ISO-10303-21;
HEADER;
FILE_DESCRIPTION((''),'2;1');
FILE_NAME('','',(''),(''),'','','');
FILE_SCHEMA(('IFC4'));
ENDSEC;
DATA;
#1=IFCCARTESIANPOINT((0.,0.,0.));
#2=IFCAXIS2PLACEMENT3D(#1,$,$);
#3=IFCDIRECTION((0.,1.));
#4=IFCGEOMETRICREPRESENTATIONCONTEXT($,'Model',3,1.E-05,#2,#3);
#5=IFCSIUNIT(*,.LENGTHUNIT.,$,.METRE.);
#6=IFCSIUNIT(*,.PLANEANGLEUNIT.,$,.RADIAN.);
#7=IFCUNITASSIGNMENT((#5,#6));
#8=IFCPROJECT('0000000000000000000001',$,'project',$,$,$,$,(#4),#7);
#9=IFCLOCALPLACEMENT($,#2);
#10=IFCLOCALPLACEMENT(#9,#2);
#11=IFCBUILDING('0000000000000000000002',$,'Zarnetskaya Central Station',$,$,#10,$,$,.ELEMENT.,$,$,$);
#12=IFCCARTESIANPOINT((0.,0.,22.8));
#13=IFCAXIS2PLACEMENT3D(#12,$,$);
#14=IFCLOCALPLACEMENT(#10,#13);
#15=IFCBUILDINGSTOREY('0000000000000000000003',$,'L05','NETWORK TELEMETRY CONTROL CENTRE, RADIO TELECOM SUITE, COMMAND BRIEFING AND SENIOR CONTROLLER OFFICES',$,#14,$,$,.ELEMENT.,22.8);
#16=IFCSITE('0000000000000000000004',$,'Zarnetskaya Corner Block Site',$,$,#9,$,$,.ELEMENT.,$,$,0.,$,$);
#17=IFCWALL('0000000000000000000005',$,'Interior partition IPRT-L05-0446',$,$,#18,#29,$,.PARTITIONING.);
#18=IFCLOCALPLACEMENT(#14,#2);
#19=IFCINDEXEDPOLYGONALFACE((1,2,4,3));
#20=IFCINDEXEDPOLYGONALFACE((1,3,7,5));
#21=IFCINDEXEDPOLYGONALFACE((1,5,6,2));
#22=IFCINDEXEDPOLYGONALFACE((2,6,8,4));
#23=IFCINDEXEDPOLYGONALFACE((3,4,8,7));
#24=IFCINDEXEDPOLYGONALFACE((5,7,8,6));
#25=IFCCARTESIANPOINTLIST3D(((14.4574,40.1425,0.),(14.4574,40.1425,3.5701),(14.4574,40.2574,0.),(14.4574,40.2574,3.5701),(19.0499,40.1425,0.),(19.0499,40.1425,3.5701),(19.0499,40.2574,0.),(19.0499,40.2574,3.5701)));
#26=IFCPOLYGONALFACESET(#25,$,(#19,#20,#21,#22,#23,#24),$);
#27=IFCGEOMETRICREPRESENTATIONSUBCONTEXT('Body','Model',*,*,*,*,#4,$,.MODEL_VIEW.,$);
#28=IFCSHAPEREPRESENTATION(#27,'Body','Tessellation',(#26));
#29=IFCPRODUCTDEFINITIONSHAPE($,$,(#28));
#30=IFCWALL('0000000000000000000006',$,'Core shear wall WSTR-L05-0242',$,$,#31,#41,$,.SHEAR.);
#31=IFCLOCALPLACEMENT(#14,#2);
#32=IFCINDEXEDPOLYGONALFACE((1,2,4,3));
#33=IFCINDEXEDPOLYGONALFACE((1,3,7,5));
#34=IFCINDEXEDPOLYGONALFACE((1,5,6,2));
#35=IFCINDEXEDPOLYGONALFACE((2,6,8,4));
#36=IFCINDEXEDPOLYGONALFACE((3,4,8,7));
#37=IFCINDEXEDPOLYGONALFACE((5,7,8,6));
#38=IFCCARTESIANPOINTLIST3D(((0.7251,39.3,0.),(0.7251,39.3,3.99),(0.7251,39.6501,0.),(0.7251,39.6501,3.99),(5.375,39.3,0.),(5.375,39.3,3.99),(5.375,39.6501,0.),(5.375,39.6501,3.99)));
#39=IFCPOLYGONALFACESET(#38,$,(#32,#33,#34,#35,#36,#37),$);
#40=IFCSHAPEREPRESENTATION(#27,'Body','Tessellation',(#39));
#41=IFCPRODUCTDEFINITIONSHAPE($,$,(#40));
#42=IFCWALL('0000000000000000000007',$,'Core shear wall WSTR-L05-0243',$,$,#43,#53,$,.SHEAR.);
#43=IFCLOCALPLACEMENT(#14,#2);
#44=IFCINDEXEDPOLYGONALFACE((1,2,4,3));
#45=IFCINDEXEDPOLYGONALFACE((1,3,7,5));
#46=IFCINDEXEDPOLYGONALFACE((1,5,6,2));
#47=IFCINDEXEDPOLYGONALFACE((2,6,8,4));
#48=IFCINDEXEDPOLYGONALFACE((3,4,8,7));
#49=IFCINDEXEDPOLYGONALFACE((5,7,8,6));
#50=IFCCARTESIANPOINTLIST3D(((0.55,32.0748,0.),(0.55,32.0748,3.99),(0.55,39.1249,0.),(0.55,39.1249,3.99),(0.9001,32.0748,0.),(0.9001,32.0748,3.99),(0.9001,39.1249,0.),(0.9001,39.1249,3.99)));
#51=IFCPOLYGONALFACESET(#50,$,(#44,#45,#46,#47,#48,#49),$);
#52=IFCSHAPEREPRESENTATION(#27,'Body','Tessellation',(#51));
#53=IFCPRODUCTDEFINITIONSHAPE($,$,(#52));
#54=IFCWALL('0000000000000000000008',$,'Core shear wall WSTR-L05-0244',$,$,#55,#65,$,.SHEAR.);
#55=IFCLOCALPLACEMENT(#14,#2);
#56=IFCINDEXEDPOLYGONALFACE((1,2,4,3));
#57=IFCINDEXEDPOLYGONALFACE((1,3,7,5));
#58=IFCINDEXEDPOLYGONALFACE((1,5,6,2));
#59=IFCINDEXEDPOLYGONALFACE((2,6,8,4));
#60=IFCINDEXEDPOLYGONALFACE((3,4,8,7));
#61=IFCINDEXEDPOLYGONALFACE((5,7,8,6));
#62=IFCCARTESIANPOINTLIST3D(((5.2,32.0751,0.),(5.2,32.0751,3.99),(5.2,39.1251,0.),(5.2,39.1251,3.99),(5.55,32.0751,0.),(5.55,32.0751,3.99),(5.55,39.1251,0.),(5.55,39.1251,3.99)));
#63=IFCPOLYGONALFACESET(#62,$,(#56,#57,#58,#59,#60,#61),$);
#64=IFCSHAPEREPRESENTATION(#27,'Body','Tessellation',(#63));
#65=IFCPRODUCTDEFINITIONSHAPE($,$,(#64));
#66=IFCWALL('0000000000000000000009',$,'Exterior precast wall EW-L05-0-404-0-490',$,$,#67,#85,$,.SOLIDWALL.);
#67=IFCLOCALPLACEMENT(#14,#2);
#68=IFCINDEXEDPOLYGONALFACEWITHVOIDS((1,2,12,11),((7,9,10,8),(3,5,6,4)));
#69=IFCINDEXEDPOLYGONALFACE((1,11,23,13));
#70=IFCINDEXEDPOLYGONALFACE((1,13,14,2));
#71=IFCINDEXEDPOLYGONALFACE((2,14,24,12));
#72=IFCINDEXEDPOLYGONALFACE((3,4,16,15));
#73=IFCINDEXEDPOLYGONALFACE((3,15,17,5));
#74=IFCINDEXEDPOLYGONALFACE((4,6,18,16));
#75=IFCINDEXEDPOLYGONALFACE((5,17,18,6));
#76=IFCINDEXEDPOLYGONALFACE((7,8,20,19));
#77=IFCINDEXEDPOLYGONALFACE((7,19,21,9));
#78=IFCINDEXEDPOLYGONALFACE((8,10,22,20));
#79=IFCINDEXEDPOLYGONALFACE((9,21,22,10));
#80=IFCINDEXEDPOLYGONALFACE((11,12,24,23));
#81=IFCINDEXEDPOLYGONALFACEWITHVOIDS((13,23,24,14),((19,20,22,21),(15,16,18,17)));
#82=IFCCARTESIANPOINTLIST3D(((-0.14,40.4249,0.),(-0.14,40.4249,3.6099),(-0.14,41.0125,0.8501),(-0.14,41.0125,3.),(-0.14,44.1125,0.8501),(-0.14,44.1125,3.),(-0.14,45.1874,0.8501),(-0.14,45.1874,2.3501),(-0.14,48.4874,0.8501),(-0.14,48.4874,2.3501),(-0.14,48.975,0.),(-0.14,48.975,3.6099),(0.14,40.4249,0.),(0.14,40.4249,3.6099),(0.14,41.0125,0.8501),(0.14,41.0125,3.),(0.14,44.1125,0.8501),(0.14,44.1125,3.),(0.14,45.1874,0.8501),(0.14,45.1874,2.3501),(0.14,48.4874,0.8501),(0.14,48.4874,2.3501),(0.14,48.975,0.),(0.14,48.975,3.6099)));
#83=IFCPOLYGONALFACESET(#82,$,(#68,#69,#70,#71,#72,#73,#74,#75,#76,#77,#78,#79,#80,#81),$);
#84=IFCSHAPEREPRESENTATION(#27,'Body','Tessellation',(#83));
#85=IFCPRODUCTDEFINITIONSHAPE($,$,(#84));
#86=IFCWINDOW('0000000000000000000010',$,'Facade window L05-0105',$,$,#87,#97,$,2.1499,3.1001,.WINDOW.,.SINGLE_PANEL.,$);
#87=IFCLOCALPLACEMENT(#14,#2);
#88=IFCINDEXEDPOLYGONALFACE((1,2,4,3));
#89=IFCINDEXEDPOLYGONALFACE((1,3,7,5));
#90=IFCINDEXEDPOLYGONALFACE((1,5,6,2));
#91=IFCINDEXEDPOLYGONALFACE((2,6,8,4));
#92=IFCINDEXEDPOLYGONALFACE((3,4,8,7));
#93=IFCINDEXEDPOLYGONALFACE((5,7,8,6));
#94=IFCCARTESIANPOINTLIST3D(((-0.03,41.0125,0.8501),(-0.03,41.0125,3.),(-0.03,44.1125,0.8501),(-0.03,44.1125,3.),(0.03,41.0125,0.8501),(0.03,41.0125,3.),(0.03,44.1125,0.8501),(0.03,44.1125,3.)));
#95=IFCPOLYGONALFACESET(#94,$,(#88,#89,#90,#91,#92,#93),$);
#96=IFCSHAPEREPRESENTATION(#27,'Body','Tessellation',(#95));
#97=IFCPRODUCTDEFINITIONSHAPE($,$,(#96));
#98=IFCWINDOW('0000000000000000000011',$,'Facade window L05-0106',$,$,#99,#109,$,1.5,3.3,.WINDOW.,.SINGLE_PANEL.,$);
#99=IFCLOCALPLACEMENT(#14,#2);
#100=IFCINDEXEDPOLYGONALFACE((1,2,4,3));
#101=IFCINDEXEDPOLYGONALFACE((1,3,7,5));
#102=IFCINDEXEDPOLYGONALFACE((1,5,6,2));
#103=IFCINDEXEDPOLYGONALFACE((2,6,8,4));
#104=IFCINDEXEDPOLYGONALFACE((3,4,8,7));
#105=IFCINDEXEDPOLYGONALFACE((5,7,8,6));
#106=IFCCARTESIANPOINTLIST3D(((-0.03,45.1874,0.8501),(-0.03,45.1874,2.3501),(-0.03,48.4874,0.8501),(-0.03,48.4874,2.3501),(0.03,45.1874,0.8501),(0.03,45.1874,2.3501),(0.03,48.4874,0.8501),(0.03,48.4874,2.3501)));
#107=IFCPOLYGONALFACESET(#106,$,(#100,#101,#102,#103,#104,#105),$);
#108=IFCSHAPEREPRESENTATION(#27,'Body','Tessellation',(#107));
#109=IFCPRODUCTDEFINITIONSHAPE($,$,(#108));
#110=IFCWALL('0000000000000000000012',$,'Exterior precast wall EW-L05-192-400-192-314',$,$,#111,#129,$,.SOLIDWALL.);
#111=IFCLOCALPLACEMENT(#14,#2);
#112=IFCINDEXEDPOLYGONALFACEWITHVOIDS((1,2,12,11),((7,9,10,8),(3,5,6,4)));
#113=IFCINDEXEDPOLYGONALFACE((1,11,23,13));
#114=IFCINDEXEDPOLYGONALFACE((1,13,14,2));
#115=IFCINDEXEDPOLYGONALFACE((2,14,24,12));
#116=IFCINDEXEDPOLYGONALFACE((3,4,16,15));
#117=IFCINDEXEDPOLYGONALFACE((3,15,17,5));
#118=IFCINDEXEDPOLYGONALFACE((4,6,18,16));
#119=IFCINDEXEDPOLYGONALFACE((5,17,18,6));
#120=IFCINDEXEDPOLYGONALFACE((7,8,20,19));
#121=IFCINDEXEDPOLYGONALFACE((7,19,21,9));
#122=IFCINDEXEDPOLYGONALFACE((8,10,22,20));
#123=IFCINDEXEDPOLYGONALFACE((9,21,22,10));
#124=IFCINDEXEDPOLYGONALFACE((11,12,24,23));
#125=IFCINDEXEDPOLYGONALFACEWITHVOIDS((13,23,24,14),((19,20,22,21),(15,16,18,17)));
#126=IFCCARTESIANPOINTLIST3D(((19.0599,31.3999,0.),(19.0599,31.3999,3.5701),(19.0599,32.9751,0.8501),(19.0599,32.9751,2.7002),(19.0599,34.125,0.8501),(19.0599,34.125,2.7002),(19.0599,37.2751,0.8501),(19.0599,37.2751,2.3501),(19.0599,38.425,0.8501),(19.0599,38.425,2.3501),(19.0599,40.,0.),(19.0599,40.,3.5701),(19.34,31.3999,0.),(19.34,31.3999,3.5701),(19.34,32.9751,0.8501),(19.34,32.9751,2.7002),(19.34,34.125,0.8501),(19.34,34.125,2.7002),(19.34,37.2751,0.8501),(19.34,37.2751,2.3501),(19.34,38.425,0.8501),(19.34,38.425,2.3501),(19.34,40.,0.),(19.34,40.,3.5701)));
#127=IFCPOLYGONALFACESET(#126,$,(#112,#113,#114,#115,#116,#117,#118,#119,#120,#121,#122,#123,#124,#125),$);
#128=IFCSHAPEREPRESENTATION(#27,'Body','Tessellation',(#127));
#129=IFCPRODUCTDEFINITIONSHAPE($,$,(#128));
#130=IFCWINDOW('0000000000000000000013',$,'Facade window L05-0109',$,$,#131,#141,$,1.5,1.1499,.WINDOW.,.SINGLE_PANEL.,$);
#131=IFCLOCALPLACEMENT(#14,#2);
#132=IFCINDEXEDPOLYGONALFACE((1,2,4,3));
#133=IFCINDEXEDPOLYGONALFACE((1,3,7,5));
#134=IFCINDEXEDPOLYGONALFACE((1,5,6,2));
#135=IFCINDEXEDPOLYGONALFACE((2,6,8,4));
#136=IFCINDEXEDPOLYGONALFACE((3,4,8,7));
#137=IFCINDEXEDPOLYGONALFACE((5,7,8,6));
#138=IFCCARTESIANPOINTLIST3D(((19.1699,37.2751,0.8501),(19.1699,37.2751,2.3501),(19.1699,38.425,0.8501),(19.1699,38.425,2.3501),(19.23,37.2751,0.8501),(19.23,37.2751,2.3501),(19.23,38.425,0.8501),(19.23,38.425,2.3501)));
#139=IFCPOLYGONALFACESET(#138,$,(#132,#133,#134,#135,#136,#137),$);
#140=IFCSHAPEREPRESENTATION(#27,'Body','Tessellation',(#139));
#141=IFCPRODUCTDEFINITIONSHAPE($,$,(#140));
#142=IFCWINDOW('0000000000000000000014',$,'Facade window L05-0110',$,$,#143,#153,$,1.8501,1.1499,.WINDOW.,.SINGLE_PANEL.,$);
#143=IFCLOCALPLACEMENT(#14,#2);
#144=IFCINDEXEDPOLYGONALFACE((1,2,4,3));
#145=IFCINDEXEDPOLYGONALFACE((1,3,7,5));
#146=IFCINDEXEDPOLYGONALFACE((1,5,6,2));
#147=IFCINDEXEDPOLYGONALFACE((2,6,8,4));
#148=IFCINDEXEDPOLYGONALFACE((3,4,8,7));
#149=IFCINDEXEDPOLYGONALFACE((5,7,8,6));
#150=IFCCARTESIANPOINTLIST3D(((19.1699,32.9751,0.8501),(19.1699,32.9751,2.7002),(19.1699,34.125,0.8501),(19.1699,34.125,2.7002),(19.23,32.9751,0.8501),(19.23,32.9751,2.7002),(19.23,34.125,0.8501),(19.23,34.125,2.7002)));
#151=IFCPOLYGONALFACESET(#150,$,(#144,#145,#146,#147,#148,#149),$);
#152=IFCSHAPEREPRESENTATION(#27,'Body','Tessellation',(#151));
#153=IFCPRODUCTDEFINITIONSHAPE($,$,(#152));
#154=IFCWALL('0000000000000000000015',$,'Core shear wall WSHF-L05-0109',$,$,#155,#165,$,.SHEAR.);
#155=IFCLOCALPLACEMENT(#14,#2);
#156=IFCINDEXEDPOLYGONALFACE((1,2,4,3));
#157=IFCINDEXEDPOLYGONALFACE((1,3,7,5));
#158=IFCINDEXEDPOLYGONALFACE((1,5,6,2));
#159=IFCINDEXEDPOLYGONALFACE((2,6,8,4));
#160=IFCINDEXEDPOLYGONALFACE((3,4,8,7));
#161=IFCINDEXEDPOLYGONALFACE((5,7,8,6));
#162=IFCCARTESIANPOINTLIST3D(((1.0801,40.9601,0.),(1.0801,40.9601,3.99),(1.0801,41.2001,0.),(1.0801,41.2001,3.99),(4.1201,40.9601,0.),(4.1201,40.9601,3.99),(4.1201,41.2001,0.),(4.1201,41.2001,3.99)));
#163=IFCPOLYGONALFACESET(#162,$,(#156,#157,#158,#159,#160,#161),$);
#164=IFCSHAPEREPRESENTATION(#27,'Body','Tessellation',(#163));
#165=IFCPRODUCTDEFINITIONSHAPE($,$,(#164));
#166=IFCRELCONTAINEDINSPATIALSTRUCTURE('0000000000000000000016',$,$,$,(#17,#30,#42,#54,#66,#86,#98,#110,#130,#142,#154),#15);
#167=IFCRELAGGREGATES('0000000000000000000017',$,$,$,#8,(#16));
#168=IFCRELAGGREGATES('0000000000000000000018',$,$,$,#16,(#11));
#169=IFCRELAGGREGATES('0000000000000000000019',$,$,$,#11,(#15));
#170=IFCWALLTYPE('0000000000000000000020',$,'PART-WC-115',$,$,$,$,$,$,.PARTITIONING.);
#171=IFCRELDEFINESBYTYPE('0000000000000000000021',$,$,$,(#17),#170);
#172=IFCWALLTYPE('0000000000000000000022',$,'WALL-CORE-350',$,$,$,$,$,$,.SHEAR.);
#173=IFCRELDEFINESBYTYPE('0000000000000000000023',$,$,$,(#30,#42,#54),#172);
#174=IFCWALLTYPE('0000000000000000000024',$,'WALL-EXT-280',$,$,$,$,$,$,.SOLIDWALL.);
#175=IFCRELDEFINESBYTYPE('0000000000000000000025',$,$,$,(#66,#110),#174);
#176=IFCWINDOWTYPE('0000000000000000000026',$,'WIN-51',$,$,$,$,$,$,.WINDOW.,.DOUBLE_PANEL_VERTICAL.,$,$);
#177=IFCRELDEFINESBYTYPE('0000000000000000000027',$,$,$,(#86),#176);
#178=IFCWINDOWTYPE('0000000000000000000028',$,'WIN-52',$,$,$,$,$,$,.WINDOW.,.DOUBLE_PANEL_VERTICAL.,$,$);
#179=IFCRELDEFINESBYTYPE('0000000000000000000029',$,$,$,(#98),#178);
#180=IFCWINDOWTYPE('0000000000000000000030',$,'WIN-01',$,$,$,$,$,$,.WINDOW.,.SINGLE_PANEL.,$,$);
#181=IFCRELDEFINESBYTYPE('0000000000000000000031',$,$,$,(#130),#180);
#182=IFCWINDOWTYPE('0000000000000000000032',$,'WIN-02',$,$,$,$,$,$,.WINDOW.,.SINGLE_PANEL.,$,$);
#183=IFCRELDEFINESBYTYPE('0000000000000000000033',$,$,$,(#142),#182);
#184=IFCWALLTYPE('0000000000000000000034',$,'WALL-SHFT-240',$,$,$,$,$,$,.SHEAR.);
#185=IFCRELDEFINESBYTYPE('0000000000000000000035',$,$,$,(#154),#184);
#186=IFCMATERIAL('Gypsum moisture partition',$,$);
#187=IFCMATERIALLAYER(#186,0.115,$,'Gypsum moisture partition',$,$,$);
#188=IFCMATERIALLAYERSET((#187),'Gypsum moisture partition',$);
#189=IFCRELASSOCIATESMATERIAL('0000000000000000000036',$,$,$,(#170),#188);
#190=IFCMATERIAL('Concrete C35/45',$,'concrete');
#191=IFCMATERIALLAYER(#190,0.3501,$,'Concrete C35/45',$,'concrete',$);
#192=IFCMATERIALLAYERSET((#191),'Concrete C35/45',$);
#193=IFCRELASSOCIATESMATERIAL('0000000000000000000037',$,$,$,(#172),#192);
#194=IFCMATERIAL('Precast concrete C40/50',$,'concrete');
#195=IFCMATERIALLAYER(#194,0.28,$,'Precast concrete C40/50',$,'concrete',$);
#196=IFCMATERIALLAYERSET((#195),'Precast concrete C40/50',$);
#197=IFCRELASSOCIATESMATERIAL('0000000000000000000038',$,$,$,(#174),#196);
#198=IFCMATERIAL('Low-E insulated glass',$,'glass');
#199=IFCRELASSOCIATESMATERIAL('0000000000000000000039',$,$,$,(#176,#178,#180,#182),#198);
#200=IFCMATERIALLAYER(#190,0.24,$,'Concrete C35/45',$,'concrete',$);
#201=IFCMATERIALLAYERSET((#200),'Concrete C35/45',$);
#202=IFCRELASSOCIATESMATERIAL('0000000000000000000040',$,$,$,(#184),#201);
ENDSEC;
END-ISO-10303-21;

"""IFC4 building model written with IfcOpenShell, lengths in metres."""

from ifc_helpers import new_model, si_unit, direction, frame, frame_2d, origin, place, context, subcontext, project, spatial, rectangle, extrude, material, layer, layer_set, type_object, element, fill, save


model = new_model("IFC4")

# Units and contexts
model_context = context("Model", 3, precision=1e-05, world=origin(), true_north=direction((0.0, 1.0)))
body_context = subcontext(model_context, "Body", "Model", "MODEL_VIEW")
ifc_project = project(units=[si_unit("LENGTHUNIT", "METRE"), si_unit("PLANEANGLEUNIT", "RADIAN")], contexts=[model_context])

# Site, building, storey
site_placement = place(None, origin())
site = spatial("IfcSite", under=ifc_project, at=site_placement, Name="Zarnetskaya Corner Block Site", CompositionType="ELEMENT", RefElevation=0.0)
building_placement = place(site_placement, origin())
building = spatial("IfcBuilding", under=site, at=building_placement, Name="Zarnetskaya Central Station", CompositionType="ELEMENT")
storey_placement = place(building_placement, frame((0.0, 0.0, 22.8)))
storey = spatial("IfcBuildingStorey", under=building, at=storey_placement, Name="L05", Description="NETWORK TELEMETRY CONTROL CENTRE, RADIO TELECOM SUITE, COMMAND BRIEFING AND SENIOR CONTROLLER OFFICES", CompositionType="ELEMENT", Elevation=22.8)

# Shared definitions
ifc_material_1 = material(Name="Gypsum moisture partition")
ifc_layer_1 = layer(ifc_material_1, 0.115, Name="Gypsum moisture partition")
ifc_layer_set_1 = layer_set([ifc_layer_1], Name="Gypsum moisture partition")
wall_type_1 = type_object("IfcWallType", Name="PART-WC-115", PredefinedType="PARTITIONING", material=ifc_layer_set_1)

# Wall
wall_1_placement = place(storey_placement, frame((19.05, 40.2, 0.0), z_axis=(0.0, 0.0, 1.0), x_axis=(-1.0, 0.0, 0.0)))
element("IfcWall", 1, at=wall_1_placement, inside=storey, type_object=wall_type_1, Name="Interior partition IPRT-L05-0446", PredefinedType="PARTITIONING", context=body_context, shape_type="SweptSolid", body=[
    extrude(rectangle(XDim=4.5925, YDim=0.115, at=frame_2d((2.2964, 0.0))), origin(), (0.0, 0.0, 1.0), 3.5701),
])

# Shared definitions
ifc_material_2 = material(Name="Concrete C35/45", Category="concrete")
ifc_layer_2 = layer(ifc_material_2, 0.3501, Name="Concrete C35/45", Category="concrete")
ifc_layer_set_2 = layer_set([ifc_layer_2], Name="Concrete C35/45")
wall_type_2 = type_object("IfcWallType", Name="WALL-CORE-350", PredefinedType="SHEAR", material=ifc_layer_set_2)

# Walls
wall_2_placement = place(storey_placement, frame((0.7251, 39.4751, 0.0), z_axis=(0.0, 0.0, 1.0), x_axis=(1.0, 0.0, 0.0)))
element("IfcWall", 2, at=wall_2_placement, inside=storey, type_object=wall_type_2, Name="Core shear wall WSTR-L05-0242", PredefinedType="SHEAR", context=body_context, shape_type="SweptSolid", body=[
    extrude(rectangle(XDim=4.6499, YDim=0.3501, at=frame_2d((2.325, 0.0))), origin(), (0.0, 0.0, 1.0), 3.99),
])
for number, where, z_axis, x_axis, name in (
    (3, (0.7251, 32.075, 0.0), (0.0, 0.0, 1.0), (0.0, 1.0, 0.0), "Core shear wall WSTR-L05-0243"),
    (4, (5.375, 39.125, 0.0), (0.0, 0.0, 1.0), (0.0, -1.0, 0.0), "Core shear wall WSTR-L05-0244"),
):
    element("IfcWall", number, at=place(storey_placement, frame(where, z_axis=z_axis, x_axis=x_axis)), inside=storey, type_object=wall_type_2, Name=name, PredefinedType="SHEAR", context=body_context, shape_type="SweptSolid", body=[
        extrude(rectangle(XDim=7.05, YDim=0.3501, at=frame_2d((3.5249, 0.0))), origin(), (0.0, 0.0, 1.0), 3.99),
    ])

# Walls, openings, windows
ifc_material_3 = material(Name="Precast concrete C40/50", Category="concrete")
ifc_layer_3 = layer(ifc_material_3, 0.28, Name="Precast concrete C40/50", Category="concrete")
ifc_layer_set_3 = layer_set([ifc_layer_3], Name="Precast concrete C40/50")
wall_type_3 = type_object("IfcWallType", Name="WALL-EXT-280", PredefinedType="SOLIDWALL", material=ifc_layer_set_3)
wall_3_placement = place(storey_placement, frame((0.0, 40.425, 0.0), z_axis=(0.0, 0.0, 1.0), x_axis=(0.0, 1.0, 0.0)))
wall_3 = element("IfcWall", 5, at=wall_3_placement, inside=storey, type_object=wall_type_3, Name="Exterior precast wall EW-L05-0-404-0-490", PredefinedType="SOLIDWALL", context=body_context, shape_type="SweptSolid", body=[
    extrude(rectangle(XDim=8.55, YDim=0.28, at=frame_2d((4.2749, 0.0))), origin(), (0.0, 0.0, 1.0), 3.6099),
])
opening_1_placement = place(wall_3_placement, frame((0.5874, 0.0, 0.8501)))
opening_1 = element("IfcOpeningElement", 6, at=opening_1_placement, cuts=wall_3, PredefinedType="OPENING", context=body_context, shape_type="SweptSolid", body=[
    extrude(rectangle(XDim=3.1001, YDim=2.1499, at=frame_2d((1.55, 1.075))), frame((0.0, 0.1499, 0.0), z_axis=(0.0, -1.0, 0.0), x_axis=(1.0, 0.0, 0.0)), (0.0, 0.0, 1.0), 0.3),
])
opening_2_placement = place(wall_3_placement, frame((4.7625, 0.0, 0.8501)))
opening_2 = element("IfcOpeningElement", 7, at=opening_2_placement, cuts=wall_3, PredefinedType="OPENING", context=body_context, shape_type="SweptSolid", body=[
    extrude(rectangle(XDim=3.3, YDim=1.5, at=frame_2d((1.6499, 0.75))), frame((0.0, 0.1499, 0.0), z_axis=(0.0, -1.0, 0.0), x_axis=(1.0, 0.0, 0.0)), (0.0, 0.0, 1.0), 0.3),
])
ifc_material_4 = material(Name="Low-E insulated glass", Category="glass")
window_type_1 = type_object("IfcWindowType", Name="WIN-51", PartitioningType="DOUBLE_PANEL_VERTICAL", PredefinedType="WINDOW", material=ifc_material_4)
window_1_placement = place(opening_1_placement, origin())
window_1 = element("IfcWindow", 8, at=window_1_placement, inside=storey, type_object=window_type_1, Name="Facade window L05-0105", OverallHeight=2.1499, OverallWidth=3.1001, PartitioningType="SINGLE_PANEL", PredefinedType="WINDOW", context=body_context, shape_type="SweptSolid", body=[
    extrude(rectangle(XDim=3.1001, YDim=2.1499, at=frame_2d((1.55, 1.075))), frame((0.0, 0.03, 0.0), z_axis=(0.0, -1.0, 0.0), x_axis=(1.0, 0.0, 0.0)), (0.0, 0.0, 1.0), 0.0601),
])
fill(opening_1, window_1)
window_type_2 = type_object("IfcWindowType", Name="WIN-52", PartitioningType="DOUBLE_PANEL_VERTICAL", PredefinedType="WINDOW", material=ifc_material_4)
window_2_placement = place(opening_2_placement, origin())
window_2 = element("IfcWindow", 9, at=window_2_placement, inside=storey, type_object=window_type_2, Name="Facade window L05-0106", OverallHeight=1.5, OverallWidth=3.3, PartitioningType="SINGLE_PANEL", PredefinedType="WINDOW", context=body_context, shape_type="SweptSolid", body=[
    extrude(rectangle(XDim=3.3, YDim=1.5, at=frame_2d((1.6499, 0.75))), frame((0.0, 0.03, 0.0), z_axis=(0.0, -1.0, 0.0), x_axis=(1.0, 0.0, 0.0)), (0.0, 0.0, 1.0), 0.0601),
])
fill(opening_2, window_2)
wall_4_placement = place(storey_placement, frame((19.2, 40.0, 0.0), z_axis=(0.0, 0.0, 1.0), x_axis=(0.0, -1.0, 0.0)))
wall_4 = element("IfcWall", 10, at=wall_4_placement, inside=storey, type_object=wall_type_3, Name="Exterior precast wall EW-L05-192-400-192-314", PredefinedType="SOLIDWALL", context=body_context, shape_type="SweptSolid", body=[
    extrude(rectangle(XDim=8.6001, YDim=0.28, at=frame_2d((4.3, 0.0))), origin(), (0.0, 0.0, 1.0), 3.5701),
])
opening_3_placement = place(wall_4_placement, frame((1.575, 0.0, 0.8501)))
opening_3 = element("IfcOpeningElement", 11, at=opening_3_placement, cuts=wall_4, PredefinedType="OPENING", context=body_context, shape_type="SweptSolid", body=[
    extrude(rectangle(XDim=1.1499, YDim=1.5, at=frame_2d((0.575, 0.75))), frame((0.0, 0.1499, 0.0), z_axis=(0.0, -1.0, 0.0), x_axis=(1.0, 0.0, 0.0)), (0.0, 0.0, 1.0), 0.3),
])
opening_4_placement = place(wall_4_placement, frame((5.875, 0.0, 0.8501)))
opening_4 = element("IfcOpeningElement", 12, at=opening_4_placement, cuts=wall_4, PredefinedType="OPENING", context=body_context, shape_type="SweptSolid", body=[
    extrude(rectangle(XDim=1.1499, YDim=1.8501, at=frame_2d((0.575, 0.925))), frame((0.0, 0.1499, 0.0), z_axis=(0.0, -1.0, 0.0), x_axis=(1.0, 0.0, 0.0)), (0.0, 0.0, 1.0), 0.3),
])
window_type_3 = type_object("IfcWindowType", Name="WIN-01", PartitioningType="SINGLE_PANEL", PredefinedType="WINDOW", material=ifc_material_4)
window_3_placement = place(opening_3_placement, origin())
window_3 = element("IfcWindow", 13, at=window_3_placement, inside=storey, type_object=window_type_3, Name="Facade window L05-0109", OverallHeight=1.5, OverallWidth=1.1499, PartitioningType="SINGLE_PANEL", PredefinedType="WINDOW", context=body_context, shape_type="SweptSolid", body=[
    extrude(rectangle(XDim=1.1499, YDim=1.5, at=frame_2d((0.575, 0.75))), frame((0.0, 0.03, 0.0), z_axis=(0.0, -1.0, 0.0), x_axis=(1.0, 0.0, 0.0)), (0.0, 0.0, 1.0), 0.0601),
])
fill(opening_3, window_3)
window_type_4 = type_object("IfcWindowType", Name="WIN-02", PartitioningType="SINGLE_PANEL", PredefinedType="WINDOW", material=ifc_material_4)
window_4_placement = place(opening_4_placement, origin())
window_4 = element("IfcWindow", 14, at=window_4_placement, inside=storey, type_object=window_type_4, Name="Facade window L05-0110", OverallHeight=1.8501, OverallWidth=1.1499, PartitioningType="SINGLE_PANEL", PredefinedType="WINDOW", context=body_context, shape_type="SweptSolid", body=[
    extrude(rectangle(XDim=1.1499, YDim=1.8501, at=frame_2d((0.575, 0.925))), frame((0.0, 0.03, 0.0), z_axis=(0.0, -1.0, 0.0), x_axis=(1.0, 0.0, 0.0)), (0.0, 0.0, 1.0), 0.0601),
])
fill(opening_4, window_4)

# Wall
ifc_layer_4 = layer(ifc_material_2, 0.24, Name="Concrete C35/45", Category="concrete")
ifc_layer_set_4 = layer_set([ifc_layer_4], Name="Concrete C35/45")
wall_type_4 = type_object("IfcWallType", Name="WALL-SHFT-240", PredefinedType="SHEAR", material=ifc_layer_set_4)
for number, where, z_axis, x_axis, name in (
    (15, (4.1201, 41.0801, 0.0), (0.0, 0.0, 1.0), (-1.0, 0.0, 0.0), "Core shear wall WSHF-L05-0109"),
):
    element("IfcWall", number, at=place(storey_placement, frame(where, z_axis=z_axis, x_axis=x_axis)), inside=storey, type_object=wall_type_4, Name=name, PredefinedType="SHEAR", context=body_context, shape_type="SweptSolid", body=[
        extrude(rectangle(XDim=3.04, YDim=0.24, at=frame_2d((1.52, 0.0))), origin(), (0.0, 0.0, 1.0), 3.99),
    ])

save(model, "model.ifc")
